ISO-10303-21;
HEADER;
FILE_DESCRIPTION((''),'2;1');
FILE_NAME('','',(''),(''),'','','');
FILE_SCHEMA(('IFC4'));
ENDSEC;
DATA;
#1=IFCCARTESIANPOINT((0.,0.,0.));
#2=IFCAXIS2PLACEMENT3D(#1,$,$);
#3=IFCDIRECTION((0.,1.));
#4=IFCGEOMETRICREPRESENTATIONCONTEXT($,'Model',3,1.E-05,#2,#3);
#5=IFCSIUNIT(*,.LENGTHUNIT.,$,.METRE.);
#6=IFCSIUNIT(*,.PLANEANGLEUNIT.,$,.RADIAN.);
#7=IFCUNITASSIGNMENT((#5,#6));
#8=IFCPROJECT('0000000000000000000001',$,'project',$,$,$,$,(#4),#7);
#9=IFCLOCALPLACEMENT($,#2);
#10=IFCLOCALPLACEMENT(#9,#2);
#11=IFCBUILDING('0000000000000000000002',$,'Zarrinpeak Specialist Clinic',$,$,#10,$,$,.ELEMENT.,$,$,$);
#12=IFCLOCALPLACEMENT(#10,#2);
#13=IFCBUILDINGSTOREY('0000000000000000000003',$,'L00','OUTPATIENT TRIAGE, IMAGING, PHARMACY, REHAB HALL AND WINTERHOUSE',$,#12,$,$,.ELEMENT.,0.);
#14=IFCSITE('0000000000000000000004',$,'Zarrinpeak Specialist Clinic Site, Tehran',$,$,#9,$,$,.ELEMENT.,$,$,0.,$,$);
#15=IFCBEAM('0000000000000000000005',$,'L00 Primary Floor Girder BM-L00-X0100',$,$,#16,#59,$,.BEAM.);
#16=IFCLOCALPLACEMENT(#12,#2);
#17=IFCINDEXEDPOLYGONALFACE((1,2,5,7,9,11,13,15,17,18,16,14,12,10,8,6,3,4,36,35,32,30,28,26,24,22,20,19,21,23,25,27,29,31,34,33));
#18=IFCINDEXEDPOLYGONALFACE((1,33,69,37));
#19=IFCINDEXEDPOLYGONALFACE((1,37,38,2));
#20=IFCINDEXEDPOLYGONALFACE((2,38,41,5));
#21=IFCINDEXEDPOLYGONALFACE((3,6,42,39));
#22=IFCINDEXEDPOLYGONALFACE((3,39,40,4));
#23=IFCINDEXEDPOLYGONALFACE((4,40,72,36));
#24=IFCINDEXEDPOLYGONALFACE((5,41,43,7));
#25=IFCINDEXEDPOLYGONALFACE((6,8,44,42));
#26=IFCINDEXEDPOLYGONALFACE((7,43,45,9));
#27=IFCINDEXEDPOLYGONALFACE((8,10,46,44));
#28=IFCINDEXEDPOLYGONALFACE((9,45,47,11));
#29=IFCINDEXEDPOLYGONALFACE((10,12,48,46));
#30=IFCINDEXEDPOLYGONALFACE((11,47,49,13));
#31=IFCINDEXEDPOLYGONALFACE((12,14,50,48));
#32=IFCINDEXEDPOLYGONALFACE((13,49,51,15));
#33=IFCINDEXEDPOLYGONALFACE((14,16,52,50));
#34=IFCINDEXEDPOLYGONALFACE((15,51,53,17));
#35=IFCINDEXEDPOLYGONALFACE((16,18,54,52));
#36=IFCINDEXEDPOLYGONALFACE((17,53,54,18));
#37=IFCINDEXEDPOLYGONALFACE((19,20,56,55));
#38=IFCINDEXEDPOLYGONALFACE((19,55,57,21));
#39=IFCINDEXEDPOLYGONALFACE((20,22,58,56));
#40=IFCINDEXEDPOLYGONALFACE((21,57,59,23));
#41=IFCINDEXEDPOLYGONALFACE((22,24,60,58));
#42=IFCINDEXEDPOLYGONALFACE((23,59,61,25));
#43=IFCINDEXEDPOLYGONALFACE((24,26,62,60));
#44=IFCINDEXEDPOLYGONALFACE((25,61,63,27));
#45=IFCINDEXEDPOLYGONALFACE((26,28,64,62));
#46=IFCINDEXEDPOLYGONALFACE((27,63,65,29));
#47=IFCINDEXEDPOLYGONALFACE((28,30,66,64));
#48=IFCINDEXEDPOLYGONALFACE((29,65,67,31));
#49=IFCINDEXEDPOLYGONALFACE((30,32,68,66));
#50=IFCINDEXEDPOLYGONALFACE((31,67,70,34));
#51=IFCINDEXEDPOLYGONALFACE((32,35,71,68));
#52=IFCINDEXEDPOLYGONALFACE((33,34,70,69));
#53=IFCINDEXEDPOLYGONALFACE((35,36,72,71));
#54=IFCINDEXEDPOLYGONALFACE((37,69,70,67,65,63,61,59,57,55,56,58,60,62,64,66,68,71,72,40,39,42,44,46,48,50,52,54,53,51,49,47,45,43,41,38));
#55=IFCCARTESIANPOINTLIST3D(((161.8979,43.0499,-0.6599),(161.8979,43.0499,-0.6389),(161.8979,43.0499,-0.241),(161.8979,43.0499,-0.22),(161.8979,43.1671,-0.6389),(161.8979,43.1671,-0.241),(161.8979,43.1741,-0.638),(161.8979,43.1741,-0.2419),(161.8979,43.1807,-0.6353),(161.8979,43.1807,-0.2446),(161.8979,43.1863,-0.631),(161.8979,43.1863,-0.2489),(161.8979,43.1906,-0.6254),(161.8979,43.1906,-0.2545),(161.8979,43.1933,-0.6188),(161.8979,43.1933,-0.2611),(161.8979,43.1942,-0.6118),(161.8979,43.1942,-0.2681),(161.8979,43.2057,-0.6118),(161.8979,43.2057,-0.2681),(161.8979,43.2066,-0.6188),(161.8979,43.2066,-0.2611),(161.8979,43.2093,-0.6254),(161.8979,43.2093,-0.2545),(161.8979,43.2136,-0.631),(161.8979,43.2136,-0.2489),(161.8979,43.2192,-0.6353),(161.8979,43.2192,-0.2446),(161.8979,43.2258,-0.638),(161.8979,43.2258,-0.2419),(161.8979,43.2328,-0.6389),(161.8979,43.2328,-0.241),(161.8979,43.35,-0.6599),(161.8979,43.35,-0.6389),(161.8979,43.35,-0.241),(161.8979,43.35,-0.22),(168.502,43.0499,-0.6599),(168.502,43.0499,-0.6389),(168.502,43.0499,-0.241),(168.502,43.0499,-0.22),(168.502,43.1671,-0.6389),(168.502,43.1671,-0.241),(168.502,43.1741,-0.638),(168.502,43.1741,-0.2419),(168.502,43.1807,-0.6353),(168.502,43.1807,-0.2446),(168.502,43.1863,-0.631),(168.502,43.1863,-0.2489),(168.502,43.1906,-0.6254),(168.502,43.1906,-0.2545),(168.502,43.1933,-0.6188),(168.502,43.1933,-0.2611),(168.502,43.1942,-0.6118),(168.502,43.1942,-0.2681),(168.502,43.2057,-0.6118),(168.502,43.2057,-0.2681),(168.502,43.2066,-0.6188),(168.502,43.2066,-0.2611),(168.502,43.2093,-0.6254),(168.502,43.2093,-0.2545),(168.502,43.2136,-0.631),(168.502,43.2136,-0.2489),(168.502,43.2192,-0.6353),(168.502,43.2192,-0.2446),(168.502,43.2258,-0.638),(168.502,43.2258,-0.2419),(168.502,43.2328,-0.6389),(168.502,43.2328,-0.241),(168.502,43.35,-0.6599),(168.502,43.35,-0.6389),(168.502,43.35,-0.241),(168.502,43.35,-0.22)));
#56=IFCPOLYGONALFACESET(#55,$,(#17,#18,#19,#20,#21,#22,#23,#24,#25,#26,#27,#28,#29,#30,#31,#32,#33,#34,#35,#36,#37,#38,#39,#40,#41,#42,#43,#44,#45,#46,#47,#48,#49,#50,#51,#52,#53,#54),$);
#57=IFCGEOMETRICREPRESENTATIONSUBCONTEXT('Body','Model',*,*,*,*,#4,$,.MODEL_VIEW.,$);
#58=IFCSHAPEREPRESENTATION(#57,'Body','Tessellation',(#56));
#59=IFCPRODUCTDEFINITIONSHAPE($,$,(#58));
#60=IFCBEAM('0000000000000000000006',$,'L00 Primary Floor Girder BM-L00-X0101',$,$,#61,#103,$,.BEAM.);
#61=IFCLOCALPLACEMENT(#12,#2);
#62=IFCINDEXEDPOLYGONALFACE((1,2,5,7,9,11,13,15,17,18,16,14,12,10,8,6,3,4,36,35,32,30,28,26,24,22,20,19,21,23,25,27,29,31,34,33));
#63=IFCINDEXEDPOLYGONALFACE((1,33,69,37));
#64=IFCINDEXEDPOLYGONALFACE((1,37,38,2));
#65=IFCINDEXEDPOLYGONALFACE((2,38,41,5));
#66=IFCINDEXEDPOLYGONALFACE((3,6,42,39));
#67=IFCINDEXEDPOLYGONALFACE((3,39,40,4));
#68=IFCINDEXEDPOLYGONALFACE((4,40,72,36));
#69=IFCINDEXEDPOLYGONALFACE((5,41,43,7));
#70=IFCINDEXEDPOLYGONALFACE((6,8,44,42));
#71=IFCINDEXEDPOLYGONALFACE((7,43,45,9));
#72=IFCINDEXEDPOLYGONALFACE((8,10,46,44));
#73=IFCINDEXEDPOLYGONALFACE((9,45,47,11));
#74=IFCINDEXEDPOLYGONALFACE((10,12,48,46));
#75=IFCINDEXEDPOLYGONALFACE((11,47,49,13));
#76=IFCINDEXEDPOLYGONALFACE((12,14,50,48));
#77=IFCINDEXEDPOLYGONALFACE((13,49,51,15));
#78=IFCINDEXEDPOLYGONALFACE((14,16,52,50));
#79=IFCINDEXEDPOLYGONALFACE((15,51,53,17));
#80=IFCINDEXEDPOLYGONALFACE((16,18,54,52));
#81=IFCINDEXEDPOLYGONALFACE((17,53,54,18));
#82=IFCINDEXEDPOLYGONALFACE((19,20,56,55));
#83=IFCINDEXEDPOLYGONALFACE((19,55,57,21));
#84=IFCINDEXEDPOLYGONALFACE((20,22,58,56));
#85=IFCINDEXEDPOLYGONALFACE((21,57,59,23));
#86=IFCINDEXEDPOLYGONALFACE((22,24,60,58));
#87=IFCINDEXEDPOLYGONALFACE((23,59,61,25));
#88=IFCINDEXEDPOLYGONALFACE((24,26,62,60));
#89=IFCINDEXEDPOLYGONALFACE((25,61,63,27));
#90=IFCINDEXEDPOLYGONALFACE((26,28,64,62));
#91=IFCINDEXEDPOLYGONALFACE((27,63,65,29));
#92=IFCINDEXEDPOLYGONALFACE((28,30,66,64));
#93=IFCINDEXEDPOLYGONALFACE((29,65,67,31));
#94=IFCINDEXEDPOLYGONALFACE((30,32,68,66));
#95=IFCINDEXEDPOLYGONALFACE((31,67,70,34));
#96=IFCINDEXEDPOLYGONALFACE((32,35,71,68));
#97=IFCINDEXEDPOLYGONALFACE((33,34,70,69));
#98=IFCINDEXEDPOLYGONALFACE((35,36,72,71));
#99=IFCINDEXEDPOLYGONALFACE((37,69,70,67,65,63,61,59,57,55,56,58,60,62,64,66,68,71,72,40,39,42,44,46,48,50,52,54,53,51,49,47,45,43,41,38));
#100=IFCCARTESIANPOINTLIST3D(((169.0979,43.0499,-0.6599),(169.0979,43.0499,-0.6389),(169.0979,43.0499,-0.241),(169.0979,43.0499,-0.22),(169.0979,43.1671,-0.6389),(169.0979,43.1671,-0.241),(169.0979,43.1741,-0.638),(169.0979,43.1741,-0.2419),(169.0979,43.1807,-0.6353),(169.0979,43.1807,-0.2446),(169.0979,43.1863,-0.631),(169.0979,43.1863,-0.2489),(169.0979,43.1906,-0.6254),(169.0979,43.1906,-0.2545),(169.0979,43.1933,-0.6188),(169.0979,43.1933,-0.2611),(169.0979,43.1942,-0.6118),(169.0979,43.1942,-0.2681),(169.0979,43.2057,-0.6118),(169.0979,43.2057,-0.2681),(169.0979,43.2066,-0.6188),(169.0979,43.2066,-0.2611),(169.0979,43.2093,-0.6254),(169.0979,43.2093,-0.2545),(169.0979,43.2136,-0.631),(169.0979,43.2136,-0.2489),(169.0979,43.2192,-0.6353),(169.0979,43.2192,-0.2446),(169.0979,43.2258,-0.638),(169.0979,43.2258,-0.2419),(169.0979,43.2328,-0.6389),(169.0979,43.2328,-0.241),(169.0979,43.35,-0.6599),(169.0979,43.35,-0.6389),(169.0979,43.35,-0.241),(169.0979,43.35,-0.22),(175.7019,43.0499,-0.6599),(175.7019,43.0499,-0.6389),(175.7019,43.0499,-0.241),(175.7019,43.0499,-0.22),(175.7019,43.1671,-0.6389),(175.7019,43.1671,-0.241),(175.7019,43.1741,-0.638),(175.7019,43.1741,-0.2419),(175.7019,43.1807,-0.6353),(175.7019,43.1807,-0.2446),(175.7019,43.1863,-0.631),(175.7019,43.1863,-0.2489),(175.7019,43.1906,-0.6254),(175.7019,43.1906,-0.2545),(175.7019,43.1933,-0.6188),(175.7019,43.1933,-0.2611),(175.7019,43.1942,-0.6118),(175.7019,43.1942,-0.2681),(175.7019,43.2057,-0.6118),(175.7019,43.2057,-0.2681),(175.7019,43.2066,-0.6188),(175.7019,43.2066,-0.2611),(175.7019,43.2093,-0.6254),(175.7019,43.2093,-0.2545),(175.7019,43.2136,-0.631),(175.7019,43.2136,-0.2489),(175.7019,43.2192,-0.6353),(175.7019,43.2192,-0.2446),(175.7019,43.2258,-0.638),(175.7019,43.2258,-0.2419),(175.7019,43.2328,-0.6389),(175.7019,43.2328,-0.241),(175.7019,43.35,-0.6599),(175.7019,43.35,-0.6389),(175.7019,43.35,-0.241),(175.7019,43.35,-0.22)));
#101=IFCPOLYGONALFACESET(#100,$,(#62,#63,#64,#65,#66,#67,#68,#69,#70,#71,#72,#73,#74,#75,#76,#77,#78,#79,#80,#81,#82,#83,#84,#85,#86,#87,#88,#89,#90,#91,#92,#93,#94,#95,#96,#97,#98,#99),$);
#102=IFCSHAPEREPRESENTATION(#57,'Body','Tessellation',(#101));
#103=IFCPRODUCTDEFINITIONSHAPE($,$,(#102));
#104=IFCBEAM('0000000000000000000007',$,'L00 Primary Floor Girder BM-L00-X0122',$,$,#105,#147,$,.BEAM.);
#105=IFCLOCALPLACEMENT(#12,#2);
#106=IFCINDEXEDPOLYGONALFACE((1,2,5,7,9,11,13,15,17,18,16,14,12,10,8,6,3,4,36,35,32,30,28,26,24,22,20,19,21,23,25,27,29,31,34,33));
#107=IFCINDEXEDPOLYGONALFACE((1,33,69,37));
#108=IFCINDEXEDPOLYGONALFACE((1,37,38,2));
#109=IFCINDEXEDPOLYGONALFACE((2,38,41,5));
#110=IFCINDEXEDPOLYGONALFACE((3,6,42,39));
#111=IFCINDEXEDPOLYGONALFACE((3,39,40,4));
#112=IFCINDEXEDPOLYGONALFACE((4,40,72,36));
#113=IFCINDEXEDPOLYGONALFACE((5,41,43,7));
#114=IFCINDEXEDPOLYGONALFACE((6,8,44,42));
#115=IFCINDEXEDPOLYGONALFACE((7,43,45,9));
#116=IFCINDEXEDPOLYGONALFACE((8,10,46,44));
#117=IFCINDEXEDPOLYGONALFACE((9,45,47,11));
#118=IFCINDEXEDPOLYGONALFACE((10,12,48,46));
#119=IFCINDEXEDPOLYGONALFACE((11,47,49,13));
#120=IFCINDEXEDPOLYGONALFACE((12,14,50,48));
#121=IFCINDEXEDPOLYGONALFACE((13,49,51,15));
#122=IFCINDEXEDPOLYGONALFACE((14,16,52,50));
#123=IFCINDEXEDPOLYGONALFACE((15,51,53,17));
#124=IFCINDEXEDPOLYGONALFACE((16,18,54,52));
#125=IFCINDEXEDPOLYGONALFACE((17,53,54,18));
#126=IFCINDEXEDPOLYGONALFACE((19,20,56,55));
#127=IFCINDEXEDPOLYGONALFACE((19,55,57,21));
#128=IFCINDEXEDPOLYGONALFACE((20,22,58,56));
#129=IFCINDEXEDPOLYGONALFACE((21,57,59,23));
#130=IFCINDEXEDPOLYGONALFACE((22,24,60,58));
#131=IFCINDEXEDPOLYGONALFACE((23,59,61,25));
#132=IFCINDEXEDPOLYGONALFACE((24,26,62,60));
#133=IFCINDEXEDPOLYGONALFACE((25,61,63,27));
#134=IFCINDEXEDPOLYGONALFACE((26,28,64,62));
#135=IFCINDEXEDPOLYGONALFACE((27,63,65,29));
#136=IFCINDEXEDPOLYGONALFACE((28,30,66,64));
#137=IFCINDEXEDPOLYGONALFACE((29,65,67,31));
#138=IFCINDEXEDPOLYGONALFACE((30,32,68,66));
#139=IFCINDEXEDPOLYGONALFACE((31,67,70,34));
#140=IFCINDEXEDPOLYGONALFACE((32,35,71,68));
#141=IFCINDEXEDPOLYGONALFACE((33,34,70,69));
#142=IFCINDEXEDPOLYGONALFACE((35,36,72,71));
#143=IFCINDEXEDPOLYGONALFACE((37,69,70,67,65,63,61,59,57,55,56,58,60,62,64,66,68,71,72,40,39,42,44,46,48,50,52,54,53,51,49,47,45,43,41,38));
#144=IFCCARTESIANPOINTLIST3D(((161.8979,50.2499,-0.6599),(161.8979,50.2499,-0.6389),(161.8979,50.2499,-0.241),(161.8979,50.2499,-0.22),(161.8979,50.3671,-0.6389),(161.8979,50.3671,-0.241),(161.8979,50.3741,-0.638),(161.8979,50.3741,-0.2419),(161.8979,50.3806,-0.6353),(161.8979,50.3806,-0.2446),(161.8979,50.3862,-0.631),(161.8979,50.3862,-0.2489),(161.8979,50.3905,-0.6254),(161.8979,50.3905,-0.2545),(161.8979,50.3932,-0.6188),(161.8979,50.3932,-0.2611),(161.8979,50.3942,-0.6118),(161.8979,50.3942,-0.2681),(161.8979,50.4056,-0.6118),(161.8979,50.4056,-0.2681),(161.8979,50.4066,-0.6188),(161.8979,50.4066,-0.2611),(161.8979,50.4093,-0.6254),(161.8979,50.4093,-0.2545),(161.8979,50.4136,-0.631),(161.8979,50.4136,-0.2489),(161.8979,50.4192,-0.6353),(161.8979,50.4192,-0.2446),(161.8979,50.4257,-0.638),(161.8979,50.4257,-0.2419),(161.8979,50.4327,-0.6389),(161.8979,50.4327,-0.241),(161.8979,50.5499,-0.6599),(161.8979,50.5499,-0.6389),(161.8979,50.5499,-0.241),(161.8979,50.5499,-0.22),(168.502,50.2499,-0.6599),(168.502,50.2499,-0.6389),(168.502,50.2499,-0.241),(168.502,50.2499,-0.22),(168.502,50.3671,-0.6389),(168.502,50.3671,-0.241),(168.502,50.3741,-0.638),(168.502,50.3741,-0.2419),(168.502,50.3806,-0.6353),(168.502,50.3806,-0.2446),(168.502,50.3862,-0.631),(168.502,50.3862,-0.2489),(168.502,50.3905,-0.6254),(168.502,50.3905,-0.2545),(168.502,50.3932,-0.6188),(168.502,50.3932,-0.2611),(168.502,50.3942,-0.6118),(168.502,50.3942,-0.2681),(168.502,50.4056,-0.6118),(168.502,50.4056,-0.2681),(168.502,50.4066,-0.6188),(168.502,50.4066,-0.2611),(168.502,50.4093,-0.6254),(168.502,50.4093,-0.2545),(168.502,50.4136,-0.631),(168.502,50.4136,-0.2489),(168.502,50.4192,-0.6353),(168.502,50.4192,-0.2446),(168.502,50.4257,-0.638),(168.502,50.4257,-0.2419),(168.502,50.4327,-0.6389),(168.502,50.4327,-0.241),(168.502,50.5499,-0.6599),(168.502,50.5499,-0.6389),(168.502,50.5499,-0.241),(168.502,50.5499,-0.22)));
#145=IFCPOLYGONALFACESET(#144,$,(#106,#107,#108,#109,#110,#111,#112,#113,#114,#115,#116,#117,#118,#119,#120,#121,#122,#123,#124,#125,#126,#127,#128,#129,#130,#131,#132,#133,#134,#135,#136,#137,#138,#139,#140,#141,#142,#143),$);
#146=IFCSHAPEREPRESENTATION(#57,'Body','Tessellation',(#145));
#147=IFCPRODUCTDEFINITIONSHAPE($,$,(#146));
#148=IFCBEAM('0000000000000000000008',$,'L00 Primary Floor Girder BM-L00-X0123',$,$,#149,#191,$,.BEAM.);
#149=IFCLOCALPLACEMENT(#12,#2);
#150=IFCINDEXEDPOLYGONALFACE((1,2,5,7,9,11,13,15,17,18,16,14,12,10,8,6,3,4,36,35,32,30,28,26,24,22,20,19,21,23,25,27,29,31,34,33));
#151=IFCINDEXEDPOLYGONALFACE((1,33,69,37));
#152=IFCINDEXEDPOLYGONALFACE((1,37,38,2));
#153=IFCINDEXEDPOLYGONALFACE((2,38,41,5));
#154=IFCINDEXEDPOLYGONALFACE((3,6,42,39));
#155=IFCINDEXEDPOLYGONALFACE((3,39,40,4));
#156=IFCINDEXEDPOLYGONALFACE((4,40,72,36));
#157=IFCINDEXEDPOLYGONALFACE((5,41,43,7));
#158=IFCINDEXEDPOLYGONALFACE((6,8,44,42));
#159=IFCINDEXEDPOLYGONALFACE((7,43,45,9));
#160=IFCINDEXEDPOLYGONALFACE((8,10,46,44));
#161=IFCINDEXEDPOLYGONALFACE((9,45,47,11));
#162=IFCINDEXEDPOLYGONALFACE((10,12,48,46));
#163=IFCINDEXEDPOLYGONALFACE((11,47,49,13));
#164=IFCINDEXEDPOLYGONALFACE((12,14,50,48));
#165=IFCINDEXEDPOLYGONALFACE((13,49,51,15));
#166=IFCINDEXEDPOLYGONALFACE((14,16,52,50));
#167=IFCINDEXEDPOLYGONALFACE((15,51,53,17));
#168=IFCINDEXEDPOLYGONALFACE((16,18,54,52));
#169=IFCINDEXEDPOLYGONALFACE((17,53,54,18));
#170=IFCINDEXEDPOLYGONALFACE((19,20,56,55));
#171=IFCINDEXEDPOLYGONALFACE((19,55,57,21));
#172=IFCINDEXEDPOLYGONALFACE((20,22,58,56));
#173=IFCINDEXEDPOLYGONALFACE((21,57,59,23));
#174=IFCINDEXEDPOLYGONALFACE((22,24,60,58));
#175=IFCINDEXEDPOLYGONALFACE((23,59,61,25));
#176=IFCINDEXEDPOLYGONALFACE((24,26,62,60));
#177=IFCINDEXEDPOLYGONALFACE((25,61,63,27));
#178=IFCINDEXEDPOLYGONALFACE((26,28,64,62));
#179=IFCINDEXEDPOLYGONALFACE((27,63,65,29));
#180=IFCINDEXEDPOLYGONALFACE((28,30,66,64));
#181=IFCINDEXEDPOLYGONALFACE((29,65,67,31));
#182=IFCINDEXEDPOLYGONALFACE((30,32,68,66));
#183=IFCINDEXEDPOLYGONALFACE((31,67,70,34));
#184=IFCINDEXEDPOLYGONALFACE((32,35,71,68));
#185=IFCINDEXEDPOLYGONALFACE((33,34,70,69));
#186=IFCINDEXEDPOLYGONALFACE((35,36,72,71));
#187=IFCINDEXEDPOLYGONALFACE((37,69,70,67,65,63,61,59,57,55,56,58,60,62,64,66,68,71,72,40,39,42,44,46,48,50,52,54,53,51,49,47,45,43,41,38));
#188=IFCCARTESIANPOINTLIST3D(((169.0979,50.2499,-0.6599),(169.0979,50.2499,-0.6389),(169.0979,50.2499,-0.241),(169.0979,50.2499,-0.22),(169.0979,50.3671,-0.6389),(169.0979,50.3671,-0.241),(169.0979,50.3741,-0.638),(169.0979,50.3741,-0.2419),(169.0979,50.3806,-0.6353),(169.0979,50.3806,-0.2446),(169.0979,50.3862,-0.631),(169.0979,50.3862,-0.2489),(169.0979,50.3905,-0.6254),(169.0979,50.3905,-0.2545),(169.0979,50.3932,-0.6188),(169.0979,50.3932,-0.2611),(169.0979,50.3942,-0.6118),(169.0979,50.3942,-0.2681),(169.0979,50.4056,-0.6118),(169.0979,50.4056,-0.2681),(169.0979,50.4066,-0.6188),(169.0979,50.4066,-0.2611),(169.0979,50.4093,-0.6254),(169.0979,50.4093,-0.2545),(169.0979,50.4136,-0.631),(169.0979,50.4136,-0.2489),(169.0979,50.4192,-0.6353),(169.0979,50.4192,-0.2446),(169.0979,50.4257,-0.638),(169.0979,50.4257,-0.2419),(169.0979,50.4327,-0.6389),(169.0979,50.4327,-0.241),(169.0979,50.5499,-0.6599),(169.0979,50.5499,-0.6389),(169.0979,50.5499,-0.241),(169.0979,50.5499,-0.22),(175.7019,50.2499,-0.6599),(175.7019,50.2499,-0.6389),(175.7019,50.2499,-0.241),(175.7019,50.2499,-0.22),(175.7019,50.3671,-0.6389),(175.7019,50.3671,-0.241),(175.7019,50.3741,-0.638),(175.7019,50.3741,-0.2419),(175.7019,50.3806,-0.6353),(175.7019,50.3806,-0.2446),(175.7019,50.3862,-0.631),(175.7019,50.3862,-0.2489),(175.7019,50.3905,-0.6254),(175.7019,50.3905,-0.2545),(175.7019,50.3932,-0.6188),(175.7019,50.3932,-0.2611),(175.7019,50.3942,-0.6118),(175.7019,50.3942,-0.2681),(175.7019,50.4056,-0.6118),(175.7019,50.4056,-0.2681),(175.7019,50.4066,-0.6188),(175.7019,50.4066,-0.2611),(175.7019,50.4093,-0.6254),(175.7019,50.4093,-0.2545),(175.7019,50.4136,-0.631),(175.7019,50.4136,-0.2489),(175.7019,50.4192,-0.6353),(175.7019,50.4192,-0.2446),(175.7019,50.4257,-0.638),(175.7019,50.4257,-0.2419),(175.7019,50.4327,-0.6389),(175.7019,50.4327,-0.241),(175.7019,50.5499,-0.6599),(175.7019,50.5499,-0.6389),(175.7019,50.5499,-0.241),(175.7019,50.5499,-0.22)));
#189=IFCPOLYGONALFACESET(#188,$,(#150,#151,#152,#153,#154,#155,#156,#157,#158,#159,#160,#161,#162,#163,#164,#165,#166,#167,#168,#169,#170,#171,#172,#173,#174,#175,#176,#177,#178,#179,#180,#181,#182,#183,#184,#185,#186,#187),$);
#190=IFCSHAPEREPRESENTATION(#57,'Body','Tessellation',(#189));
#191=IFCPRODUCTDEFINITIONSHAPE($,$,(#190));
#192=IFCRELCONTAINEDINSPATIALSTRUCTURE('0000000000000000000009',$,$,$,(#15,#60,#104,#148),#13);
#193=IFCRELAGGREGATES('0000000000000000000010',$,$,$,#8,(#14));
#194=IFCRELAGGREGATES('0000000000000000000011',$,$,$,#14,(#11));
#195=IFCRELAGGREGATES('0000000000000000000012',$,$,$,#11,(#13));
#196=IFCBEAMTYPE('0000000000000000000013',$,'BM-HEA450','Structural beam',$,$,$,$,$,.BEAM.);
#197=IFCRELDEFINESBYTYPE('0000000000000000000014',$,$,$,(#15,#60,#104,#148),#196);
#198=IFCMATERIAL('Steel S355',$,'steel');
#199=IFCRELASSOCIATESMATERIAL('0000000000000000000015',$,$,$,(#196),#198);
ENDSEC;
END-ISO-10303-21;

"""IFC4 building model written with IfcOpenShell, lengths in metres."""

from ifc_helpers import new_model, si_unit, direction, frame, origin, origin_2d, place, context, subcontext, project, spatial, i_section, extrude, material, material_profile, profile_set, type_object, element, save


model = new_model("IFC4")

# Units and contexts
model_context = context("Model", 3, precision=1e-05, world=origin(), true_north=direction((0.0, 1.0)))
body_context = subcontext(model_context, "Body", "Model", "MODEL_VIEW")
ifc_project = project(units=[si_unit("LENGTHUNIT", "METRE"), si_unit("PLANEANGLEUNIT", "RADIAN")], contexts=[model_context])

# Site, building, storey
site_placement = place(None, origin())
site = spatial("IfcSite", under=ifc_project, at=site_placement, Name="Zarrinpeak Specialist Clinic Site, Tehran", CompositionType="ELEMENT", RefElevation=0.0)
building_placement = place(site_placement, origin())
building = spatial("IfcBuilding", under=site, at=building_placement, Name="Zarrinpeak Specialist Clinic", CompositionType="ELEMENT")
storey_placement = place(building_placement, origin())
storey = spatial("IfcBuildingStorey", under=building, at=storey_placement, Name="L00", Description="OUTPATIENT TRIAGE, IMAGING, PHARMACY, REHAB HALL AND WINTERHOUSE", CompositionType="ELEMENT", Elevation=0.0)

# Beams
ifc_material_1 = material(Name="Steel S355", Category="steel")
ifc_material_profile_1 = material_profile(ifc_material_1, i_section(OverallWidth=0.3, OverallDepth=0.4399, WebThickness=0.0115, FlangeThickness=0.021, FilletRadius=0.0271, at=origin_2d()), Name="HEA 450")
ifc_profile_set_1 = profile_set([ifc_material_profile_1], Name="Steel S355")
beam_type_1 = type_object("IfcBeamType", Name="BM-HEA450", Description="Structural beam", PredefinedType="BEAM", material=ifc_profile_set_1)
for number, where, z_axis, x_axis, name in (
    (1, (161.8979, 43.2, -0.4399), (1.0, 0.0, 0.0), (0.0, 1.0, 0.0), "L00 Primary Floor Girder BM-L00-X0100"),
    (2, (169.0979, 43.2, -0.4399), (1.0, 0.0, 0.0), (0.0, 1.0, 0.0), "L00 Primary Floor Girder BM-L00-X0101"),
    (3, (161.8979, 50.3999, -0.4399), (1.0, 0.0, 0.0), (0.0, 1.0, 0.0), "L00 Primary Floor Girder BM-L00-X0122"),
    (4, (169.0979, 50.3999, -0.4399), (1.0, 0.0, 0.0), (0.0, 1.0, 0.0), "L00 Primary Floor Girder BM-L00-X0123"),
):
    element("IfcBeam", number, at=place(storey_placement, frame(where, z_axis=z_axis, x_axis=x_axis)), inside=storey, type_object=beam_type_1, Name=name, PredefinedType="BEAM", context=body_context, shape_type="SweptSolid", body=[
        extrude(i_section(OverallWidth=0.3, OverallDepth=0.4399, WebThickness=0.0115, FlangeThickness=0.021, FilletRadius=0.0271, at=origin_2d()), origin(), (0.0, 0.0, 1.0), 6.604),
    ])

save(model, "model.ifc")
